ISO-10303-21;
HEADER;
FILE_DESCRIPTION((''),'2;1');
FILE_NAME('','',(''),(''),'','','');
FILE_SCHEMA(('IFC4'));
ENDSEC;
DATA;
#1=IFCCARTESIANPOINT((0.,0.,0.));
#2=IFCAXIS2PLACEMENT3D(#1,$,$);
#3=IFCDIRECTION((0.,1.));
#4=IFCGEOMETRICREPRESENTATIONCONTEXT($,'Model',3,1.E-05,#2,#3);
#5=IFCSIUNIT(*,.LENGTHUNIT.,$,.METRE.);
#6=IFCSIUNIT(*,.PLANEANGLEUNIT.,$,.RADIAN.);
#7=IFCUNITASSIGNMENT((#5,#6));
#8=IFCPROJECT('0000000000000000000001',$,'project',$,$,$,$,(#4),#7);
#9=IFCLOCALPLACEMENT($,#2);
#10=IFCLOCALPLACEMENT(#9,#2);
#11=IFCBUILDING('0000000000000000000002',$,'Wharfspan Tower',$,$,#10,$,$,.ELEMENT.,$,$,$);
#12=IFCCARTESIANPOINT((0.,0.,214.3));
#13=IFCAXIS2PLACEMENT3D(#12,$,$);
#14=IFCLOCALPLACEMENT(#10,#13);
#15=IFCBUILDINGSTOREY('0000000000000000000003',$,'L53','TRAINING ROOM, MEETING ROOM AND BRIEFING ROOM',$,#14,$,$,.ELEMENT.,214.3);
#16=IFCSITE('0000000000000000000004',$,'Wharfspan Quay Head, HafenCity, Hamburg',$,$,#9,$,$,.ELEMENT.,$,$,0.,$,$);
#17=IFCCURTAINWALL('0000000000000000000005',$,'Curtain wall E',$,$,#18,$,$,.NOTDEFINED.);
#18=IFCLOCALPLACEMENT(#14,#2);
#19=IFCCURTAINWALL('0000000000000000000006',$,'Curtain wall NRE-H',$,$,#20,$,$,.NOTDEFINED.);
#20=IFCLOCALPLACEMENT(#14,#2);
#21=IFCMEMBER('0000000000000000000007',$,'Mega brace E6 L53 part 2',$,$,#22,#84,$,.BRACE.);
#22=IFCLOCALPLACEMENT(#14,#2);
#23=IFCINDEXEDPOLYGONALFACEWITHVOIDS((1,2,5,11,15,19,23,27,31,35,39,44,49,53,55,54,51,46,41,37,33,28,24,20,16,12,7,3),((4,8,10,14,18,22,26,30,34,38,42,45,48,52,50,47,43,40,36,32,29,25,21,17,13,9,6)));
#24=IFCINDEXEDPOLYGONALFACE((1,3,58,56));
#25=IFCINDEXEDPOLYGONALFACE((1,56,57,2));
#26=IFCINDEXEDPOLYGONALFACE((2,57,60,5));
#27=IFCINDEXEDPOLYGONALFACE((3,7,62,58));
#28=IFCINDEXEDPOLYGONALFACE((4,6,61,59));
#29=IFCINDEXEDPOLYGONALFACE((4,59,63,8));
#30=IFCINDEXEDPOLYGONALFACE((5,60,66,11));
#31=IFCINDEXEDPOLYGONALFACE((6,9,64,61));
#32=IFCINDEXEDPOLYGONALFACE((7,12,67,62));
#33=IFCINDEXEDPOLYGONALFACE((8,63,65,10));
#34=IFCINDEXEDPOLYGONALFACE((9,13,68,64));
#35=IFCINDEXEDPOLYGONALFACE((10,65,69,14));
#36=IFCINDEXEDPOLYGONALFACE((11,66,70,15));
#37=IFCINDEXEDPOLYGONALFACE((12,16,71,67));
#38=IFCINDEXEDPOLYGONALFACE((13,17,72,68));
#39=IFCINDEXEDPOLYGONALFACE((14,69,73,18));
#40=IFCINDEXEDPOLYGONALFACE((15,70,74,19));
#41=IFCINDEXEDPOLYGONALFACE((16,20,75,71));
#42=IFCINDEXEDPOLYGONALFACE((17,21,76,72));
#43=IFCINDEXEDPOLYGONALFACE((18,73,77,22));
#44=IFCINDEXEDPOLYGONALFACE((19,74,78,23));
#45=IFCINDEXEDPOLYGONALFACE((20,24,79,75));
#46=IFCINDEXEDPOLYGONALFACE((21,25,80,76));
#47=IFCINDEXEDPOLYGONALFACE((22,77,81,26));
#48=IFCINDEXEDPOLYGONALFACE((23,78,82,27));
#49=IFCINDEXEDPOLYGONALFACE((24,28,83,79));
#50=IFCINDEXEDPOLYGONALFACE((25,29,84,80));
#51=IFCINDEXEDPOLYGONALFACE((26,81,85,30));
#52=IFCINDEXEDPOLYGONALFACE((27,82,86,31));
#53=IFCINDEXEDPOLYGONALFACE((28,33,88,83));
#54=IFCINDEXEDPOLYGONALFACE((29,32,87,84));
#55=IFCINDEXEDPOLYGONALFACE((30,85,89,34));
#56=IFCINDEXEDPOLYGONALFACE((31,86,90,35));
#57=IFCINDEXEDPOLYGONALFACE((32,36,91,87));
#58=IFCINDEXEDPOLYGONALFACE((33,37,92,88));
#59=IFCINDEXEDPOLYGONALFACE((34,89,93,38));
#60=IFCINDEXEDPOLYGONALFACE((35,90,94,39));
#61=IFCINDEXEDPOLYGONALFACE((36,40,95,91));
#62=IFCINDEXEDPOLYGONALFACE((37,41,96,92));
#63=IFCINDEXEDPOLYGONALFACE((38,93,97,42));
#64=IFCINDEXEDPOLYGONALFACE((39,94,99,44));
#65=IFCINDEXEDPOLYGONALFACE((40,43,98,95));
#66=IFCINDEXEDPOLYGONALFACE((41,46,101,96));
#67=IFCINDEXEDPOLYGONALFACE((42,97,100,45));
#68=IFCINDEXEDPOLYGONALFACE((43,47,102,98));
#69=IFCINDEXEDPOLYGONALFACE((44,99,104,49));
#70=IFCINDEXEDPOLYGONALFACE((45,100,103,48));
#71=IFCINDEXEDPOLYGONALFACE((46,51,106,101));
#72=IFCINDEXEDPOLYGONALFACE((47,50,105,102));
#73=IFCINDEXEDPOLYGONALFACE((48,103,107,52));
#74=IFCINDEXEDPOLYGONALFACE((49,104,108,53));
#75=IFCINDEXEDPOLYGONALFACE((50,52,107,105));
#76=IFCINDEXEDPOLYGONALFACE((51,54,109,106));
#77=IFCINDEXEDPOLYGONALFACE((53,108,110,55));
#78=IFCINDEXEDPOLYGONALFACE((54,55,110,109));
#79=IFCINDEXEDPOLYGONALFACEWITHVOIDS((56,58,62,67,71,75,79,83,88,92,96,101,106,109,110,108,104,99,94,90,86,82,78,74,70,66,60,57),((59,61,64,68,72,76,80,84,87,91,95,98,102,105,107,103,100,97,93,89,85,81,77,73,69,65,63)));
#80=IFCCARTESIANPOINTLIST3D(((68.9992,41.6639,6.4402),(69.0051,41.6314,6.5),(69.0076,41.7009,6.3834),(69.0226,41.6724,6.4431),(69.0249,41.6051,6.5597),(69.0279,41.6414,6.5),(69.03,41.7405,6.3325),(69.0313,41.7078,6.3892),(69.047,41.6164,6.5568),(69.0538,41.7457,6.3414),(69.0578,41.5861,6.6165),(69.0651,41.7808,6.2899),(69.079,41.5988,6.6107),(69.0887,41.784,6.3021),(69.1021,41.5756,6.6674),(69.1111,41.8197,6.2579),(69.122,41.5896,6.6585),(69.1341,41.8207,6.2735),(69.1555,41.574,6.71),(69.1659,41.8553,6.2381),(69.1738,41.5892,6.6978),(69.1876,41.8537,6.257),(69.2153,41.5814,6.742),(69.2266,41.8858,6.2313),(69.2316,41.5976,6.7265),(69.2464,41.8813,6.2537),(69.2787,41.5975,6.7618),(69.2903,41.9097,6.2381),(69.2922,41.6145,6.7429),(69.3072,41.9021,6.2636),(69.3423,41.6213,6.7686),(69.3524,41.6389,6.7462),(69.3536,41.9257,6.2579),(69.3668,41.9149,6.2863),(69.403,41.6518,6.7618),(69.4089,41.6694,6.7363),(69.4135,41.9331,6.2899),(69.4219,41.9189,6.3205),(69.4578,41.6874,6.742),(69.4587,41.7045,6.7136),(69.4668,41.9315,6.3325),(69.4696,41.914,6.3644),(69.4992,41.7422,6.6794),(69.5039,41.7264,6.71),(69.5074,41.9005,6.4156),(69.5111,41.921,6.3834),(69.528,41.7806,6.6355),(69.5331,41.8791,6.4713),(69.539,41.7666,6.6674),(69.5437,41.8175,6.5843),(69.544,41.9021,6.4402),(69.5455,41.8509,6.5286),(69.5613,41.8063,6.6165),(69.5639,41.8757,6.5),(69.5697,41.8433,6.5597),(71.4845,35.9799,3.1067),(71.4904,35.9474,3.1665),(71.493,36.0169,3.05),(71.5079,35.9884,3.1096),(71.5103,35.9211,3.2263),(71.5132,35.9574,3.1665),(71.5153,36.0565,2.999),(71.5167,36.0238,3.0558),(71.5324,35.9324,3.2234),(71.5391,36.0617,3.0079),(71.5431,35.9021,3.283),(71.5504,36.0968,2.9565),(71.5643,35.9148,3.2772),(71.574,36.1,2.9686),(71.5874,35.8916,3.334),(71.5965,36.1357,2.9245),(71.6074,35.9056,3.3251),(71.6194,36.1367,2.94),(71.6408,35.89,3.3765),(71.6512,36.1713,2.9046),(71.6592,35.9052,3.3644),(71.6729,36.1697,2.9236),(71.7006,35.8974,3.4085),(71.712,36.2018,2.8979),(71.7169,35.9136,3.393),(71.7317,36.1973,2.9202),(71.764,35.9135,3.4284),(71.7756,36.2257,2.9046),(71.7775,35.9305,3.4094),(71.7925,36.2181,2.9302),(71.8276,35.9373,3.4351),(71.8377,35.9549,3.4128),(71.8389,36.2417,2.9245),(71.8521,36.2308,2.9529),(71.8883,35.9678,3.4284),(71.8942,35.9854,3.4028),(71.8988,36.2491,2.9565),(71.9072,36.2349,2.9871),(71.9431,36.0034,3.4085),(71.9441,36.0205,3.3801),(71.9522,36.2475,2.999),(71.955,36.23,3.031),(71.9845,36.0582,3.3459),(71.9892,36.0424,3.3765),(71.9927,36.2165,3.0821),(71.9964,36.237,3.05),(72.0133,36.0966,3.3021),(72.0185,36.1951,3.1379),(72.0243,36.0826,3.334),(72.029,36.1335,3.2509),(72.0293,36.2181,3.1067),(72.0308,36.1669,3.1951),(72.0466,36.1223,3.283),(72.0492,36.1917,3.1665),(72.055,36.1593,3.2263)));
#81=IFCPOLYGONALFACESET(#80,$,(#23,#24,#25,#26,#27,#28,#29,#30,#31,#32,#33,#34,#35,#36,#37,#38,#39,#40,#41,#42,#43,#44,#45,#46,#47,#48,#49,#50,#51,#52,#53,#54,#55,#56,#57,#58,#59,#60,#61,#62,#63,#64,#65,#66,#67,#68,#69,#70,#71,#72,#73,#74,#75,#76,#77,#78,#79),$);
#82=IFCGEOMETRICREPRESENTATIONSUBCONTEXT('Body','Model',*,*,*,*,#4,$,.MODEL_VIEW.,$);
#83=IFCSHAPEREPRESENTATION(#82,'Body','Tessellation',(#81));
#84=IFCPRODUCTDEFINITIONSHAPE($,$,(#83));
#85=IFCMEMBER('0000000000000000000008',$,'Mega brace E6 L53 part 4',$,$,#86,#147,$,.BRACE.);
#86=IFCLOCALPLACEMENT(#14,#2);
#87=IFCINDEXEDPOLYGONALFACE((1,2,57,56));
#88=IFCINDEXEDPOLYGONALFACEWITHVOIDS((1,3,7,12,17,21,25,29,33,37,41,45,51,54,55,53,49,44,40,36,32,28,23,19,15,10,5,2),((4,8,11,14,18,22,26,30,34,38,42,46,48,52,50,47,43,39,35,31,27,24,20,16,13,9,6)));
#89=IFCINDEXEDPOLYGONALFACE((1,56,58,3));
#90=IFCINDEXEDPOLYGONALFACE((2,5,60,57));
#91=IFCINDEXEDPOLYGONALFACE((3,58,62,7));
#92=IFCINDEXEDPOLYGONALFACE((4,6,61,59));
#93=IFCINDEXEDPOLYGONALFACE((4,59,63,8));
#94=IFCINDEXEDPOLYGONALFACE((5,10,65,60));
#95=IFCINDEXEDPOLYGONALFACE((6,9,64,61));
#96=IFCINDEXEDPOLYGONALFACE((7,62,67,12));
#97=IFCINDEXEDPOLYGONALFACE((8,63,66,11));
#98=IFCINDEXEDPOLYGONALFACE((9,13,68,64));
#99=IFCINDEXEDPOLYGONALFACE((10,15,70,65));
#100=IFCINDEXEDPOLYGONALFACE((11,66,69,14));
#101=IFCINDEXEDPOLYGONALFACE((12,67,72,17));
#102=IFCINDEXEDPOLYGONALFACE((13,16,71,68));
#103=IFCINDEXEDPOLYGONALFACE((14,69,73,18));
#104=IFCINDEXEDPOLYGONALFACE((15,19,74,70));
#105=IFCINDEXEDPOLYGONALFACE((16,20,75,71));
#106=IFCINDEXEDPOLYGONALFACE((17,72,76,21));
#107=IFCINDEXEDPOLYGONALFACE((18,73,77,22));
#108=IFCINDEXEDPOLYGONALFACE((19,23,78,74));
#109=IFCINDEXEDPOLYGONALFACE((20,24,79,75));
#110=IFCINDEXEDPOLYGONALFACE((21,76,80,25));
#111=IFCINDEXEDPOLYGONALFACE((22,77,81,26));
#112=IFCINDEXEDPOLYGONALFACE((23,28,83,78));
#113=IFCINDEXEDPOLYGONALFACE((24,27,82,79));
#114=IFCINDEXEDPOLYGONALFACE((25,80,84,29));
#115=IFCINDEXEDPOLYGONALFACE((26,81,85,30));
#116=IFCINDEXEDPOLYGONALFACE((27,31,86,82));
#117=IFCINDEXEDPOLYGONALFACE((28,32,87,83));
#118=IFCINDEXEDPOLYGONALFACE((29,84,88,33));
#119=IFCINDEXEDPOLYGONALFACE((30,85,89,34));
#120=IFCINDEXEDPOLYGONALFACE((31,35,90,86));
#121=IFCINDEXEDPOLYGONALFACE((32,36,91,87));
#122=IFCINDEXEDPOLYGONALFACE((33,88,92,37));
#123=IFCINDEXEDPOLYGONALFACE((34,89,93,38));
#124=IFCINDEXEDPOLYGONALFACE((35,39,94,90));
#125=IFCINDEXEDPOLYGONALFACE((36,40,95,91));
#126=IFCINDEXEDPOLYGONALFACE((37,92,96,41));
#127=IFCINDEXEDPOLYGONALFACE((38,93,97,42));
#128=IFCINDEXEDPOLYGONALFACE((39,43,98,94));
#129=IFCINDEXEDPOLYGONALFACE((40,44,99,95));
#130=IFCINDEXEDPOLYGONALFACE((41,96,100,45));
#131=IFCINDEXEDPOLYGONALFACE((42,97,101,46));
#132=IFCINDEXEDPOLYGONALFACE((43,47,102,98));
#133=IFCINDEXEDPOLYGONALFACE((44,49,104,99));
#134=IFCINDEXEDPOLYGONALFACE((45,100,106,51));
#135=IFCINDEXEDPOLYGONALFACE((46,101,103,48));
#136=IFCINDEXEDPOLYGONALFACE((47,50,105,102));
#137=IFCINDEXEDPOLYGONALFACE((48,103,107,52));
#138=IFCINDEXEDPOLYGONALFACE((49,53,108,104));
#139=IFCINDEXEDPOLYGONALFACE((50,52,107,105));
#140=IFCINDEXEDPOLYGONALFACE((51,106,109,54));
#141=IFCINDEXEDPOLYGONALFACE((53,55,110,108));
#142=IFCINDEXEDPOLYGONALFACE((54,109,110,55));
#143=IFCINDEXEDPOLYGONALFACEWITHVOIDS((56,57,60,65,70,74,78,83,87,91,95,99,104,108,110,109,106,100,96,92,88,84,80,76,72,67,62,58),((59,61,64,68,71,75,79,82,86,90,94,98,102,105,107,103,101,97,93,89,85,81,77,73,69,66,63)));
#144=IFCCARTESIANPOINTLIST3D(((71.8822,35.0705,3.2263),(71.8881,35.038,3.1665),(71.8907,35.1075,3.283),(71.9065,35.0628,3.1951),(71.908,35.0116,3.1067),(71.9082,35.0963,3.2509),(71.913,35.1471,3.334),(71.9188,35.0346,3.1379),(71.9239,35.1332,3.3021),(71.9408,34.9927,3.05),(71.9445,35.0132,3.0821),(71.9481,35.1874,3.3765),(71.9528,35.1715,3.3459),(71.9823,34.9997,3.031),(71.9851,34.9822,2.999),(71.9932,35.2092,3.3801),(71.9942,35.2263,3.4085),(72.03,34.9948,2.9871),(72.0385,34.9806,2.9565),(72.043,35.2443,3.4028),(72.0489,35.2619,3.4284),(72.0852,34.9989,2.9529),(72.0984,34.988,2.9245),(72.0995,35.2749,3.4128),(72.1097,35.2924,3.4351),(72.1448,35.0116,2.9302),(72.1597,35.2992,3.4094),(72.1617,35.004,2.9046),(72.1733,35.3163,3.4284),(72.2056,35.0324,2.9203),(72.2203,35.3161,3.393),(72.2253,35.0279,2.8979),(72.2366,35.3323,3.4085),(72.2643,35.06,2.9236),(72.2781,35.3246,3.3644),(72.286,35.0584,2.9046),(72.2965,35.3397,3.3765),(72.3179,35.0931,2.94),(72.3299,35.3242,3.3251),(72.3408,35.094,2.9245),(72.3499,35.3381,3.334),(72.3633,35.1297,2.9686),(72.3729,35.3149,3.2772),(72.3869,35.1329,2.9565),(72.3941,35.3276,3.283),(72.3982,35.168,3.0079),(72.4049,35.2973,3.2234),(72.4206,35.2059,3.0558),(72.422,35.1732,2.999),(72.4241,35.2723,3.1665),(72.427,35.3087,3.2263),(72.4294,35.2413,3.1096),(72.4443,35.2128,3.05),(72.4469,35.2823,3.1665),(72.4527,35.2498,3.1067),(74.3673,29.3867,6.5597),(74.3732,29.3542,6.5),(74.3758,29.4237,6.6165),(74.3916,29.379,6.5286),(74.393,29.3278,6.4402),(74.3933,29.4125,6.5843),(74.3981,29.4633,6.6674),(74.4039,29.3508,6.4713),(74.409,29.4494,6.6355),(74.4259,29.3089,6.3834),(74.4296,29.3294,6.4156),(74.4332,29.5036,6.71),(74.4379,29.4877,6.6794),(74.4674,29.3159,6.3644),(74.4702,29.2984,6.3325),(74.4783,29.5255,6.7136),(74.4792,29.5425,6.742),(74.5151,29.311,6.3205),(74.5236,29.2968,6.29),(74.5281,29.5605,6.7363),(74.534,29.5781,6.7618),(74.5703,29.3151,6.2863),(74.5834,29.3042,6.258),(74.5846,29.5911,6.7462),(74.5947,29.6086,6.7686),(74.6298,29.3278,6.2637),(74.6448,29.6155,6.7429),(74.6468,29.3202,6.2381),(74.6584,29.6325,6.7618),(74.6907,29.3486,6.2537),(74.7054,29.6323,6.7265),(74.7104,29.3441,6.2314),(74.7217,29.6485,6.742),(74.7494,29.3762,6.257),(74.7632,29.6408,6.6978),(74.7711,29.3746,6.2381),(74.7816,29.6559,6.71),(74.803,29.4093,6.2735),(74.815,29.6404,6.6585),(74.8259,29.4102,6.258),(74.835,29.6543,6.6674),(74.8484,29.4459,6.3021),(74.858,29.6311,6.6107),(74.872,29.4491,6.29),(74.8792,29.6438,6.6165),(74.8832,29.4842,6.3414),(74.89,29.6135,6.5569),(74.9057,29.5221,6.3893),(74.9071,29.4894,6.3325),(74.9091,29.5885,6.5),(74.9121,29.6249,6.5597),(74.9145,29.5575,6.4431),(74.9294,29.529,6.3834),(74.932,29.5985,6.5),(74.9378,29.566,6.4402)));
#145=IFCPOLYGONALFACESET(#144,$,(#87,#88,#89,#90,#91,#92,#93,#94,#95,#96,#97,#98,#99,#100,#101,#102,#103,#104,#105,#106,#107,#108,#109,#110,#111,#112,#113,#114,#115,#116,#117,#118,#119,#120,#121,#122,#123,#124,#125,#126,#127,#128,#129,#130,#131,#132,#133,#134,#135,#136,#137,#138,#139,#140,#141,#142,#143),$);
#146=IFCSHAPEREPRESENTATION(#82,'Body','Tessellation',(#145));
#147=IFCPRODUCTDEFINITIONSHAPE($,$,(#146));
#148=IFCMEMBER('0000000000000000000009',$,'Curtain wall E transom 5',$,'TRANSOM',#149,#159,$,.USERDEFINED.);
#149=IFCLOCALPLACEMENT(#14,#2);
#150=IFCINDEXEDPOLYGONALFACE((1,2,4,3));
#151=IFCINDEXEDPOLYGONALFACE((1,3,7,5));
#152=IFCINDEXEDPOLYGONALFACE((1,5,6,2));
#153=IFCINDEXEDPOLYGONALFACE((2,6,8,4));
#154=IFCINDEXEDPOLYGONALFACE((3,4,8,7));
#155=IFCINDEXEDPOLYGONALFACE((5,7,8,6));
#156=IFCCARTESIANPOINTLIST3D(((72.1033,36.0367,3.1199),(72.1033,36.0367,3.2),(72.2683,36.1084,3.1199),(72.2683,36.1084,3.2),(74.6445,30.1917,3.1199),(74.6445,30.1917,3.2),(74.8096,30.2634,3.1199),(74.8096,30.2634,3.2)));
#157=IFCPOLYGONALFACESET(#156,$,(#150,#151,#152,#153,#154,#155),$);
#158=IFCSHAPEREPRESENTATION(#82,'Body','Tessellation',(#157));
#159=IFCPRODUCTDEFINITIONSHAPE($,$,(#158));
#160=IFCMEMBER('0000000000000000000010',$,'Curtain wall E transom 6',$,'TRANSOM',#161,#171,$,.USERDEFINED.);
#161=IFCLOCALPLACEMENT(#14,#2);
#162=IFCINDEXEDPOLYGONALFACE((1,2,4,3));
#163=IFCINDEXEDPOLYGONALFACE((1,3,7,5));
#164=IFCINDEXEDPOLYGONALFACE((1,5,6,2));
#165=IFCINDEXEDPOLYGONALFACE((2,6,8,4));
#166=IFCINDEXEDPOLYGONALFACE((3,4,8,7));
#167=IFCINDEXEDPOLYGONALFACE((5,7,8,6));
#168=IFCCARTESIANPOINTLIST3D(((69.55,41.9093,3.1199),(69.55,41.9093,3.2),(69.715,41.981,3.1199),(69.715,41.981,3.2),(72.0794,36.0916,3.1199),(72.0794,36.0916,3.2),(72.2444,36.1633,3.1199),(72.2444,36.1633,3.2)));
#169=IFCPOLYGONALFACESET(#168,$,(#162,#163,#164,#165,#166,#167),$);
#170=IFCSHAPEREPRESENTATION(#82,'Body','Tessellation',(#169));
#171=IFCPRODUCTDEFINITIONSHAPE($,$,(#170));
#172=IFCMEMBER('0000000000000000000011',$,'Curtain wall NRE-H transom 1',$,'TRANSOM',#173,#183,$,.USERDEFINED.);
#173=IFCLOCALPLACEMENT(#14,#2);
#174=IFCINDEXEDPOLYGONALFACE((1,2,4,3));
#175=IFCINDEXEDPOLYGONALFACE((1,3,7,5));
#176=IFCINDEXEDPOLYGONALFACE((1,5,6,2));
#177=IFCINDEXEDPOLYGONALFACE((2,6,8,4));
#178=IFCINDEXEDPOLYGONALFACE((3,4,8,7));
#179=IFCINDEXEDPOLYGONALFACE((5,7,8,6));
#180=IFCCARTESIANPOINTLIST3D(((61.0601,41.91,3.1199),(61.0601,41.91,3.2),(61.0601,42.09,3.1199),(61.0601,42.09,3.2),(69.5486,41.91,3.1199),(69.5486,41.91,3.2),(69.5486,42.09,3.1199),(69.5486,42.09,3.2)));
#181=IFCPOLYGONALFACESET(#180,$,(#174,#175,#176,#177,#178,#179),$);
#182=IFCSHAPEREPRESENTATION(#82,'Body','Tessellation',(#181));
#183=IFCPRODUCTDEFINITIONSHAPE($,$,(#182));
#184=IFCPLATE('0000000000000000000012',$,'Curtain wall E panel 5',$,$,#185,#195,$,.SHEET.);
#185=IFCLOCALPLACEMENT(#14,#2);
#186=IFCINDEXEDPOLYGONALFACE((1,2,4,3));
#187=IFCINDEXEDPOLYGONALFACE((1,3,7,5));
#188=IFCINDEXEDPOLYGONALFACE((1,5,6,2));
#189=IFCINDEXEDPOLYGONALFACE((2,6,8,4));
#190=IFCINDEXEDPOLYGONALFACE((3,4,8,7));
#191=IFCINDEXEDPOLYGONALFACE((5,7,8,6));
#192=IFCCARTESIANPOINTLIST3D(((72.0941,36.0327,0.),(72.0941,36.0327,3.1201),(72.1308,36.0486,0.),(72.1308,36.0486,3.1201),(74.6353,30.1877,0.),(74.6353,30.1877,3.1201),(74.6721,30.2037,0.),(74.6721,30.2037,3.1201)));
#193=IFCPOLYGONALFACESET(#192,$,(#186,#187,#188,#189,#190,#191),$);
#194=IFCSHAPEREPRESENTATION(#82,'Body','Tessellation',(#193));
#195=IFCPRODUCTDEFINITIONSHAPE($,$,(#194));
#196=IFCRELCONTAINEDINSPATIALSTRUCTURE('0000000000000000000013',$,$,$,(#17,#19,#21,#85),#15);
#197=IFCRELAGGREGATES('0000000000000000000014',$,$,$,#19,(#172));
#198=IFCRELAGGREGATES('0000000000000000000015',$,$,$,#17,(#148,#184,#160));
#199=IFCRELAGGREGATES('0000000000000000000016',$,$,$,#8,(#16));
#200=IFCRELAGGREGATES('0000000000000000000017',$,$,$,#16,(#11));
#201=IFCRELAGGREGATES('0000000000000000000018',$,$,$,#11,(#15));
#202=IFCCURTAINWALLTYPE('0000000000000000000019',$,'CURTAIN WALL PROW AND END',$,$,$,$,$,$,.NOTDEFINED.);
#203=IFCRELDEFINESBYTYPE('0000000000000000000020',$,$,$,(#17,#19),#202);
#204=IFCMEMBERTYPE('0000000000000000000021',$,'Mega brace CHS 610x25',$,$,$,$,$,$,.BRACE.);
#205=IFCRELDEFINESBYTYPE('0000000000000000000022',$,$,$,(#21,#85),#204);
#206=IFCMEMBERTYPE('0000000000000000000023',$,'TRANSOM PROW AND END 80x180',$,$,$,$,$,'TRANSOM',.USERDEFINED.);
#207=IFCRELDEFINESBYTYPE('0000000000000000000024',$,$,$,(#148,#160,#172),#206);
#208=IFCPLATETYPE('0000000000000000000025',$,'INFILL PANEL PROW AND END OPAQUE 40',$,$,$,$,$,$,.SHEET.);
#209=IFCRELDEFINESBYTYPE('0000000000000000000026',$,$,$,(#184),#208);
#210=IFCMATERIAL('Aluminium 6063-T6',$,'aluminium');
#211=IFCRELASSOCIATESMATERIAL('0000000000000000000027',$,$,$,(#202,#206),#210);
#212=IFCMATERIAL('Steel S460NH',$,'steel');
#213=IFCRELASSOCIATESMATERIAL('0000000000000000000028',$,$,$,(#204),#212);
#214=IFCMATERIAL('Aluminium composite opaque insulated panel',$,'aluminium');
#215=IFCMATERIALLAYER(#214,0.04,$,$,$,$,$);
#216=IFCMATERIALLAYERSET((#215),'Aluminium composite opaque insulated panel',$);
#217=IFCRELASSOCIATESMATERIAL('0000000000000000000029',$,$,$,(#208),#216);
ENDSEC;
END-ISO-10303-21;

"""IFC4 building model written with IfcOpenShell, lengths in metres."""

from ifc_helpers import new_model, si_unit, direction, frame, origin, origin_2d, place, context, subcontext, project, spatial, rectangle, hollow_circle, extrude, material, layer, layer_set, material_profile, profile_set, type_object, element, aggregate, save


model = new_model("IFC4")

# Units and contexts
model_context = context("Model", 3, precision=1e-05, world=origin(), true_north=direction((0.0, 1.0)))
body_context = subcontext(model_context, "Body", "Model", "MODEL_VIEW")
ifc_project = project(units=[si_unit("LENGTHUNIT", "METRE"), si_unit("PLANEANGLEUNIT", "RADIAN")], contexts=[model_context])

# Site, building, storey
site_placement = place(None, origin())
site = spatial("IfcSite", under=ifc_project, at=site_placement, Name="Wharfspan Quay Head, HafenCity, Hamburg", CompositionType="ELEMENT", RefElevation=0.0)
building_placement = place(site_placement, origin())
building = spatial("IfcBuilding", under=site, at=building_placement, Name="Wharfspan Tower", CompositionType="ELEMENT")
storey_placement = place(building_placement, frame((0.0, 0.0, 214.3)))
storey = spatial("IfcBuildingStorey", under=building, at=storey_placement, Name="L53", Description="TRAINING ROOM, MEETING ROOM AND BRIEFING ROOM", CompositionType="ELEMENT", Elevation=214.3)

# Curtain wall
ifc_material_1 = material(Name="Aluminium 6063-T6", Category="aluminium")
curtain_wall_type = type_object("IfcCurtainWallType", Name="CURTAIN WALL PROW AND END", PredefinedType="NOTDEFINED", material=ifc_material_1)
curtain_wall_1_placement = place(storey_placement, origin())
curtain_wall_1 = element("IfcCurtainWall", 1, at=curtain_wall_1_placement, inside=storey, type_object=curtain_wall_type, Name="Curtain wall E", PredefinedType="NOTDEFINED")

# Curtain wall
curtain_wall_2_placement = place(storey_placement, origin())
curtain_wall_2 = element("IfcCurtainWall", 2, at=curtain_wall_2_placement, inside=storey, type_object=curtain_wall_type, Name="Curtain wall NRE-H", PredefinedType="NOTDEFINED")

# Members
ifc_material_2 = material(Name="Steel S460NH", Category="steel")
ifc_material_profile_1 = material_profile(ifc_material_2, hollow_circle(Radius=0.3049, WallThickness=0.0249, at=origin_2d()))
ifc_profile_set_1 = profile_set([ifc_material_profile_1], Name="Steel S460NH")
member_type_1 = type_object("IfcMemberType", Name="Mega brace CHS 610x25", PredefinedType="BRACE", material=ifc_profile_set_1)
member_1_placement = place(storey_placement, frame((71.7698, 36.0696, 3.1665), z_axis=(-0.352903, 0.807102, 0.473334), x_axis=(-0.916243, -0.400624, -0.000001)))
element("IfcMember", 3, at=member_1_placement, inside=storey, type_object=member_type_1, Name="Mega brace E6 L53 part 2", PredefinedType="BRACE", context=body_context, shape_type="SweptSolid", body=[
    extrude(hollow_circle(Radius=0.3049, WallThickness=0.0249, at=origin_2d()), origin(), (0.0, 0.0, 1.0), 7.0425),
])
member_2_placement = place(storey_placement, frame((72.1675, 35.1602, 3.1665), z_axis=(0.352883, -0.8071, 0.473353), x_axis=(0.916253, 0.400609, 0.000003)))
element("IfcMember", 4, at=member_2_placement, inside=storey, type_object=member_type_1, Name="Mega brace E6 L53 part 4", PredefinedType="BRACE", context=body_context, shape_type="SweptSolid", body=[
    extrude(hollow_circle(Radius=0.3049, WallThickness=0.0249, at=origin_2d()), origin(), (0.0, 0.0, 1.0), 7.0422),
])

# Members
ifc_material_profile_2 = material_profile(ifc_material_1, rectangle(XDim=0.1799, YDim=0.0801, at=origin_2d()))
ifc_profile_set_2 = profile_set([ifc_material_profile_2], Name="Aluminium 6063-T6")
member_type_2 = type_object("IfcMemberType", Name="TRANSOM PROW AND END 80x180", ElementType="TRANSOM", PredefinedType="USERDEFINED", material=ifc_profile_set_2)
member_3_placement = place(storey_placement, frame((74.7271, 30.2275, 3.1599), z_axis=(-0.398722, 0.917072, 0.0), x_axis=(-0.917072, -0.398722, 0.0)))
member_3 = element("IfcMember", 5, at=member_3_placement, type_object=member_type_2, Name="Curtain wall E transom 5", ObjectType="TRANSOM", PredefinedType="USERDEFINED", context=body_context, shape_type="SweptSolid", body=[
    extrude(rectangle(XDim=0.1799, YDim=0.0801, at=origin_2d()), origin(), (0.0, 0.0, 1.0), 6.3735),
])
member_4_placement = place(storey_placement, frame((72.1619, 36.1274, 3.1599), z_axis=(-0.398712, 0.917076, 0.0), x_axis=(-0.917076, -0.398712, 0.0)))
member_4 = element("IfcMember", 6, at=member_4_placement, type_object=member_type_2, Name="Curtain wall E transom 6", ObjectType="TRANSOM", PredefinedType="USERDEFINED", context=body_context, shape_type="SweptSolid", body=[
    extrude(rectangle(XDim=0.1799, YDim=0.0801, at=origin_2d()), origin(), (0.0, 0.0, 1.0), 6.3438),
])
member_5_placement = place(storey_placement, frame((69.5486, 42.0, 3.1599), z_axis=(-1.0, 0.0, 0.0), x_axis=(0.0, -1.0, 0.0)))
member_5 = element("IfcMember", 7, at=member_5_placement, type_object=member_type_2, Name="Curtain wall NRE-H transom 1", ObjectType="TRANSOM", PredefinedType="USERDEFINED", context=body_context, shape_type="SweptSolid", body=[
    extrude(rectangle(XDim=0.1799, YDim=0.0801, at=origin_2d()), origin(), (0.0, 0.0, 1.0), 8.4885),
])
aggregate(curtain_wall_2, [member_5])

# Plate
ifc_material_3 = material(Name="Aluminium composite opaque insulated panel", Category="aluminium")
ifc_layer_1 = layer(ifc_material_3, 0.04)
ifc_layer_set_1 = layer_set([ifc_layer_1], Name="Aluminium composite opaque insulated panel")
plate_type = type_object("IfcPlateType", Name="INFILL PANEL PROW AND END OPAQUE 40", PredefinedType="SHEET", material=ifc_layer_set_1)
plate_1_placement = place(storey_placement, frame((73.3831, 33.1182, 0.0), z_axis=(0.0, 0.0, 1.0), x_axis=(-0.398727, 0.917072, 0.0)))
plate_1 = element("IfcPlate", 8, at=plate_1_placement, type_object=plate_type, Name="Curtain wall E panel 5", PredefinedType="SHEET", context=body_context, shape_type="SweptSolid", body=[
    extrude(rectangle(XDim=6.3735, YDim=0.04, at=origin_2d()), origin(), (0.0, 0.0, 1.0), 3.1201),
])
aggregate(curtain_wall_1, [member_3, plate_1, member_4])

save(model, "model.ifc")
